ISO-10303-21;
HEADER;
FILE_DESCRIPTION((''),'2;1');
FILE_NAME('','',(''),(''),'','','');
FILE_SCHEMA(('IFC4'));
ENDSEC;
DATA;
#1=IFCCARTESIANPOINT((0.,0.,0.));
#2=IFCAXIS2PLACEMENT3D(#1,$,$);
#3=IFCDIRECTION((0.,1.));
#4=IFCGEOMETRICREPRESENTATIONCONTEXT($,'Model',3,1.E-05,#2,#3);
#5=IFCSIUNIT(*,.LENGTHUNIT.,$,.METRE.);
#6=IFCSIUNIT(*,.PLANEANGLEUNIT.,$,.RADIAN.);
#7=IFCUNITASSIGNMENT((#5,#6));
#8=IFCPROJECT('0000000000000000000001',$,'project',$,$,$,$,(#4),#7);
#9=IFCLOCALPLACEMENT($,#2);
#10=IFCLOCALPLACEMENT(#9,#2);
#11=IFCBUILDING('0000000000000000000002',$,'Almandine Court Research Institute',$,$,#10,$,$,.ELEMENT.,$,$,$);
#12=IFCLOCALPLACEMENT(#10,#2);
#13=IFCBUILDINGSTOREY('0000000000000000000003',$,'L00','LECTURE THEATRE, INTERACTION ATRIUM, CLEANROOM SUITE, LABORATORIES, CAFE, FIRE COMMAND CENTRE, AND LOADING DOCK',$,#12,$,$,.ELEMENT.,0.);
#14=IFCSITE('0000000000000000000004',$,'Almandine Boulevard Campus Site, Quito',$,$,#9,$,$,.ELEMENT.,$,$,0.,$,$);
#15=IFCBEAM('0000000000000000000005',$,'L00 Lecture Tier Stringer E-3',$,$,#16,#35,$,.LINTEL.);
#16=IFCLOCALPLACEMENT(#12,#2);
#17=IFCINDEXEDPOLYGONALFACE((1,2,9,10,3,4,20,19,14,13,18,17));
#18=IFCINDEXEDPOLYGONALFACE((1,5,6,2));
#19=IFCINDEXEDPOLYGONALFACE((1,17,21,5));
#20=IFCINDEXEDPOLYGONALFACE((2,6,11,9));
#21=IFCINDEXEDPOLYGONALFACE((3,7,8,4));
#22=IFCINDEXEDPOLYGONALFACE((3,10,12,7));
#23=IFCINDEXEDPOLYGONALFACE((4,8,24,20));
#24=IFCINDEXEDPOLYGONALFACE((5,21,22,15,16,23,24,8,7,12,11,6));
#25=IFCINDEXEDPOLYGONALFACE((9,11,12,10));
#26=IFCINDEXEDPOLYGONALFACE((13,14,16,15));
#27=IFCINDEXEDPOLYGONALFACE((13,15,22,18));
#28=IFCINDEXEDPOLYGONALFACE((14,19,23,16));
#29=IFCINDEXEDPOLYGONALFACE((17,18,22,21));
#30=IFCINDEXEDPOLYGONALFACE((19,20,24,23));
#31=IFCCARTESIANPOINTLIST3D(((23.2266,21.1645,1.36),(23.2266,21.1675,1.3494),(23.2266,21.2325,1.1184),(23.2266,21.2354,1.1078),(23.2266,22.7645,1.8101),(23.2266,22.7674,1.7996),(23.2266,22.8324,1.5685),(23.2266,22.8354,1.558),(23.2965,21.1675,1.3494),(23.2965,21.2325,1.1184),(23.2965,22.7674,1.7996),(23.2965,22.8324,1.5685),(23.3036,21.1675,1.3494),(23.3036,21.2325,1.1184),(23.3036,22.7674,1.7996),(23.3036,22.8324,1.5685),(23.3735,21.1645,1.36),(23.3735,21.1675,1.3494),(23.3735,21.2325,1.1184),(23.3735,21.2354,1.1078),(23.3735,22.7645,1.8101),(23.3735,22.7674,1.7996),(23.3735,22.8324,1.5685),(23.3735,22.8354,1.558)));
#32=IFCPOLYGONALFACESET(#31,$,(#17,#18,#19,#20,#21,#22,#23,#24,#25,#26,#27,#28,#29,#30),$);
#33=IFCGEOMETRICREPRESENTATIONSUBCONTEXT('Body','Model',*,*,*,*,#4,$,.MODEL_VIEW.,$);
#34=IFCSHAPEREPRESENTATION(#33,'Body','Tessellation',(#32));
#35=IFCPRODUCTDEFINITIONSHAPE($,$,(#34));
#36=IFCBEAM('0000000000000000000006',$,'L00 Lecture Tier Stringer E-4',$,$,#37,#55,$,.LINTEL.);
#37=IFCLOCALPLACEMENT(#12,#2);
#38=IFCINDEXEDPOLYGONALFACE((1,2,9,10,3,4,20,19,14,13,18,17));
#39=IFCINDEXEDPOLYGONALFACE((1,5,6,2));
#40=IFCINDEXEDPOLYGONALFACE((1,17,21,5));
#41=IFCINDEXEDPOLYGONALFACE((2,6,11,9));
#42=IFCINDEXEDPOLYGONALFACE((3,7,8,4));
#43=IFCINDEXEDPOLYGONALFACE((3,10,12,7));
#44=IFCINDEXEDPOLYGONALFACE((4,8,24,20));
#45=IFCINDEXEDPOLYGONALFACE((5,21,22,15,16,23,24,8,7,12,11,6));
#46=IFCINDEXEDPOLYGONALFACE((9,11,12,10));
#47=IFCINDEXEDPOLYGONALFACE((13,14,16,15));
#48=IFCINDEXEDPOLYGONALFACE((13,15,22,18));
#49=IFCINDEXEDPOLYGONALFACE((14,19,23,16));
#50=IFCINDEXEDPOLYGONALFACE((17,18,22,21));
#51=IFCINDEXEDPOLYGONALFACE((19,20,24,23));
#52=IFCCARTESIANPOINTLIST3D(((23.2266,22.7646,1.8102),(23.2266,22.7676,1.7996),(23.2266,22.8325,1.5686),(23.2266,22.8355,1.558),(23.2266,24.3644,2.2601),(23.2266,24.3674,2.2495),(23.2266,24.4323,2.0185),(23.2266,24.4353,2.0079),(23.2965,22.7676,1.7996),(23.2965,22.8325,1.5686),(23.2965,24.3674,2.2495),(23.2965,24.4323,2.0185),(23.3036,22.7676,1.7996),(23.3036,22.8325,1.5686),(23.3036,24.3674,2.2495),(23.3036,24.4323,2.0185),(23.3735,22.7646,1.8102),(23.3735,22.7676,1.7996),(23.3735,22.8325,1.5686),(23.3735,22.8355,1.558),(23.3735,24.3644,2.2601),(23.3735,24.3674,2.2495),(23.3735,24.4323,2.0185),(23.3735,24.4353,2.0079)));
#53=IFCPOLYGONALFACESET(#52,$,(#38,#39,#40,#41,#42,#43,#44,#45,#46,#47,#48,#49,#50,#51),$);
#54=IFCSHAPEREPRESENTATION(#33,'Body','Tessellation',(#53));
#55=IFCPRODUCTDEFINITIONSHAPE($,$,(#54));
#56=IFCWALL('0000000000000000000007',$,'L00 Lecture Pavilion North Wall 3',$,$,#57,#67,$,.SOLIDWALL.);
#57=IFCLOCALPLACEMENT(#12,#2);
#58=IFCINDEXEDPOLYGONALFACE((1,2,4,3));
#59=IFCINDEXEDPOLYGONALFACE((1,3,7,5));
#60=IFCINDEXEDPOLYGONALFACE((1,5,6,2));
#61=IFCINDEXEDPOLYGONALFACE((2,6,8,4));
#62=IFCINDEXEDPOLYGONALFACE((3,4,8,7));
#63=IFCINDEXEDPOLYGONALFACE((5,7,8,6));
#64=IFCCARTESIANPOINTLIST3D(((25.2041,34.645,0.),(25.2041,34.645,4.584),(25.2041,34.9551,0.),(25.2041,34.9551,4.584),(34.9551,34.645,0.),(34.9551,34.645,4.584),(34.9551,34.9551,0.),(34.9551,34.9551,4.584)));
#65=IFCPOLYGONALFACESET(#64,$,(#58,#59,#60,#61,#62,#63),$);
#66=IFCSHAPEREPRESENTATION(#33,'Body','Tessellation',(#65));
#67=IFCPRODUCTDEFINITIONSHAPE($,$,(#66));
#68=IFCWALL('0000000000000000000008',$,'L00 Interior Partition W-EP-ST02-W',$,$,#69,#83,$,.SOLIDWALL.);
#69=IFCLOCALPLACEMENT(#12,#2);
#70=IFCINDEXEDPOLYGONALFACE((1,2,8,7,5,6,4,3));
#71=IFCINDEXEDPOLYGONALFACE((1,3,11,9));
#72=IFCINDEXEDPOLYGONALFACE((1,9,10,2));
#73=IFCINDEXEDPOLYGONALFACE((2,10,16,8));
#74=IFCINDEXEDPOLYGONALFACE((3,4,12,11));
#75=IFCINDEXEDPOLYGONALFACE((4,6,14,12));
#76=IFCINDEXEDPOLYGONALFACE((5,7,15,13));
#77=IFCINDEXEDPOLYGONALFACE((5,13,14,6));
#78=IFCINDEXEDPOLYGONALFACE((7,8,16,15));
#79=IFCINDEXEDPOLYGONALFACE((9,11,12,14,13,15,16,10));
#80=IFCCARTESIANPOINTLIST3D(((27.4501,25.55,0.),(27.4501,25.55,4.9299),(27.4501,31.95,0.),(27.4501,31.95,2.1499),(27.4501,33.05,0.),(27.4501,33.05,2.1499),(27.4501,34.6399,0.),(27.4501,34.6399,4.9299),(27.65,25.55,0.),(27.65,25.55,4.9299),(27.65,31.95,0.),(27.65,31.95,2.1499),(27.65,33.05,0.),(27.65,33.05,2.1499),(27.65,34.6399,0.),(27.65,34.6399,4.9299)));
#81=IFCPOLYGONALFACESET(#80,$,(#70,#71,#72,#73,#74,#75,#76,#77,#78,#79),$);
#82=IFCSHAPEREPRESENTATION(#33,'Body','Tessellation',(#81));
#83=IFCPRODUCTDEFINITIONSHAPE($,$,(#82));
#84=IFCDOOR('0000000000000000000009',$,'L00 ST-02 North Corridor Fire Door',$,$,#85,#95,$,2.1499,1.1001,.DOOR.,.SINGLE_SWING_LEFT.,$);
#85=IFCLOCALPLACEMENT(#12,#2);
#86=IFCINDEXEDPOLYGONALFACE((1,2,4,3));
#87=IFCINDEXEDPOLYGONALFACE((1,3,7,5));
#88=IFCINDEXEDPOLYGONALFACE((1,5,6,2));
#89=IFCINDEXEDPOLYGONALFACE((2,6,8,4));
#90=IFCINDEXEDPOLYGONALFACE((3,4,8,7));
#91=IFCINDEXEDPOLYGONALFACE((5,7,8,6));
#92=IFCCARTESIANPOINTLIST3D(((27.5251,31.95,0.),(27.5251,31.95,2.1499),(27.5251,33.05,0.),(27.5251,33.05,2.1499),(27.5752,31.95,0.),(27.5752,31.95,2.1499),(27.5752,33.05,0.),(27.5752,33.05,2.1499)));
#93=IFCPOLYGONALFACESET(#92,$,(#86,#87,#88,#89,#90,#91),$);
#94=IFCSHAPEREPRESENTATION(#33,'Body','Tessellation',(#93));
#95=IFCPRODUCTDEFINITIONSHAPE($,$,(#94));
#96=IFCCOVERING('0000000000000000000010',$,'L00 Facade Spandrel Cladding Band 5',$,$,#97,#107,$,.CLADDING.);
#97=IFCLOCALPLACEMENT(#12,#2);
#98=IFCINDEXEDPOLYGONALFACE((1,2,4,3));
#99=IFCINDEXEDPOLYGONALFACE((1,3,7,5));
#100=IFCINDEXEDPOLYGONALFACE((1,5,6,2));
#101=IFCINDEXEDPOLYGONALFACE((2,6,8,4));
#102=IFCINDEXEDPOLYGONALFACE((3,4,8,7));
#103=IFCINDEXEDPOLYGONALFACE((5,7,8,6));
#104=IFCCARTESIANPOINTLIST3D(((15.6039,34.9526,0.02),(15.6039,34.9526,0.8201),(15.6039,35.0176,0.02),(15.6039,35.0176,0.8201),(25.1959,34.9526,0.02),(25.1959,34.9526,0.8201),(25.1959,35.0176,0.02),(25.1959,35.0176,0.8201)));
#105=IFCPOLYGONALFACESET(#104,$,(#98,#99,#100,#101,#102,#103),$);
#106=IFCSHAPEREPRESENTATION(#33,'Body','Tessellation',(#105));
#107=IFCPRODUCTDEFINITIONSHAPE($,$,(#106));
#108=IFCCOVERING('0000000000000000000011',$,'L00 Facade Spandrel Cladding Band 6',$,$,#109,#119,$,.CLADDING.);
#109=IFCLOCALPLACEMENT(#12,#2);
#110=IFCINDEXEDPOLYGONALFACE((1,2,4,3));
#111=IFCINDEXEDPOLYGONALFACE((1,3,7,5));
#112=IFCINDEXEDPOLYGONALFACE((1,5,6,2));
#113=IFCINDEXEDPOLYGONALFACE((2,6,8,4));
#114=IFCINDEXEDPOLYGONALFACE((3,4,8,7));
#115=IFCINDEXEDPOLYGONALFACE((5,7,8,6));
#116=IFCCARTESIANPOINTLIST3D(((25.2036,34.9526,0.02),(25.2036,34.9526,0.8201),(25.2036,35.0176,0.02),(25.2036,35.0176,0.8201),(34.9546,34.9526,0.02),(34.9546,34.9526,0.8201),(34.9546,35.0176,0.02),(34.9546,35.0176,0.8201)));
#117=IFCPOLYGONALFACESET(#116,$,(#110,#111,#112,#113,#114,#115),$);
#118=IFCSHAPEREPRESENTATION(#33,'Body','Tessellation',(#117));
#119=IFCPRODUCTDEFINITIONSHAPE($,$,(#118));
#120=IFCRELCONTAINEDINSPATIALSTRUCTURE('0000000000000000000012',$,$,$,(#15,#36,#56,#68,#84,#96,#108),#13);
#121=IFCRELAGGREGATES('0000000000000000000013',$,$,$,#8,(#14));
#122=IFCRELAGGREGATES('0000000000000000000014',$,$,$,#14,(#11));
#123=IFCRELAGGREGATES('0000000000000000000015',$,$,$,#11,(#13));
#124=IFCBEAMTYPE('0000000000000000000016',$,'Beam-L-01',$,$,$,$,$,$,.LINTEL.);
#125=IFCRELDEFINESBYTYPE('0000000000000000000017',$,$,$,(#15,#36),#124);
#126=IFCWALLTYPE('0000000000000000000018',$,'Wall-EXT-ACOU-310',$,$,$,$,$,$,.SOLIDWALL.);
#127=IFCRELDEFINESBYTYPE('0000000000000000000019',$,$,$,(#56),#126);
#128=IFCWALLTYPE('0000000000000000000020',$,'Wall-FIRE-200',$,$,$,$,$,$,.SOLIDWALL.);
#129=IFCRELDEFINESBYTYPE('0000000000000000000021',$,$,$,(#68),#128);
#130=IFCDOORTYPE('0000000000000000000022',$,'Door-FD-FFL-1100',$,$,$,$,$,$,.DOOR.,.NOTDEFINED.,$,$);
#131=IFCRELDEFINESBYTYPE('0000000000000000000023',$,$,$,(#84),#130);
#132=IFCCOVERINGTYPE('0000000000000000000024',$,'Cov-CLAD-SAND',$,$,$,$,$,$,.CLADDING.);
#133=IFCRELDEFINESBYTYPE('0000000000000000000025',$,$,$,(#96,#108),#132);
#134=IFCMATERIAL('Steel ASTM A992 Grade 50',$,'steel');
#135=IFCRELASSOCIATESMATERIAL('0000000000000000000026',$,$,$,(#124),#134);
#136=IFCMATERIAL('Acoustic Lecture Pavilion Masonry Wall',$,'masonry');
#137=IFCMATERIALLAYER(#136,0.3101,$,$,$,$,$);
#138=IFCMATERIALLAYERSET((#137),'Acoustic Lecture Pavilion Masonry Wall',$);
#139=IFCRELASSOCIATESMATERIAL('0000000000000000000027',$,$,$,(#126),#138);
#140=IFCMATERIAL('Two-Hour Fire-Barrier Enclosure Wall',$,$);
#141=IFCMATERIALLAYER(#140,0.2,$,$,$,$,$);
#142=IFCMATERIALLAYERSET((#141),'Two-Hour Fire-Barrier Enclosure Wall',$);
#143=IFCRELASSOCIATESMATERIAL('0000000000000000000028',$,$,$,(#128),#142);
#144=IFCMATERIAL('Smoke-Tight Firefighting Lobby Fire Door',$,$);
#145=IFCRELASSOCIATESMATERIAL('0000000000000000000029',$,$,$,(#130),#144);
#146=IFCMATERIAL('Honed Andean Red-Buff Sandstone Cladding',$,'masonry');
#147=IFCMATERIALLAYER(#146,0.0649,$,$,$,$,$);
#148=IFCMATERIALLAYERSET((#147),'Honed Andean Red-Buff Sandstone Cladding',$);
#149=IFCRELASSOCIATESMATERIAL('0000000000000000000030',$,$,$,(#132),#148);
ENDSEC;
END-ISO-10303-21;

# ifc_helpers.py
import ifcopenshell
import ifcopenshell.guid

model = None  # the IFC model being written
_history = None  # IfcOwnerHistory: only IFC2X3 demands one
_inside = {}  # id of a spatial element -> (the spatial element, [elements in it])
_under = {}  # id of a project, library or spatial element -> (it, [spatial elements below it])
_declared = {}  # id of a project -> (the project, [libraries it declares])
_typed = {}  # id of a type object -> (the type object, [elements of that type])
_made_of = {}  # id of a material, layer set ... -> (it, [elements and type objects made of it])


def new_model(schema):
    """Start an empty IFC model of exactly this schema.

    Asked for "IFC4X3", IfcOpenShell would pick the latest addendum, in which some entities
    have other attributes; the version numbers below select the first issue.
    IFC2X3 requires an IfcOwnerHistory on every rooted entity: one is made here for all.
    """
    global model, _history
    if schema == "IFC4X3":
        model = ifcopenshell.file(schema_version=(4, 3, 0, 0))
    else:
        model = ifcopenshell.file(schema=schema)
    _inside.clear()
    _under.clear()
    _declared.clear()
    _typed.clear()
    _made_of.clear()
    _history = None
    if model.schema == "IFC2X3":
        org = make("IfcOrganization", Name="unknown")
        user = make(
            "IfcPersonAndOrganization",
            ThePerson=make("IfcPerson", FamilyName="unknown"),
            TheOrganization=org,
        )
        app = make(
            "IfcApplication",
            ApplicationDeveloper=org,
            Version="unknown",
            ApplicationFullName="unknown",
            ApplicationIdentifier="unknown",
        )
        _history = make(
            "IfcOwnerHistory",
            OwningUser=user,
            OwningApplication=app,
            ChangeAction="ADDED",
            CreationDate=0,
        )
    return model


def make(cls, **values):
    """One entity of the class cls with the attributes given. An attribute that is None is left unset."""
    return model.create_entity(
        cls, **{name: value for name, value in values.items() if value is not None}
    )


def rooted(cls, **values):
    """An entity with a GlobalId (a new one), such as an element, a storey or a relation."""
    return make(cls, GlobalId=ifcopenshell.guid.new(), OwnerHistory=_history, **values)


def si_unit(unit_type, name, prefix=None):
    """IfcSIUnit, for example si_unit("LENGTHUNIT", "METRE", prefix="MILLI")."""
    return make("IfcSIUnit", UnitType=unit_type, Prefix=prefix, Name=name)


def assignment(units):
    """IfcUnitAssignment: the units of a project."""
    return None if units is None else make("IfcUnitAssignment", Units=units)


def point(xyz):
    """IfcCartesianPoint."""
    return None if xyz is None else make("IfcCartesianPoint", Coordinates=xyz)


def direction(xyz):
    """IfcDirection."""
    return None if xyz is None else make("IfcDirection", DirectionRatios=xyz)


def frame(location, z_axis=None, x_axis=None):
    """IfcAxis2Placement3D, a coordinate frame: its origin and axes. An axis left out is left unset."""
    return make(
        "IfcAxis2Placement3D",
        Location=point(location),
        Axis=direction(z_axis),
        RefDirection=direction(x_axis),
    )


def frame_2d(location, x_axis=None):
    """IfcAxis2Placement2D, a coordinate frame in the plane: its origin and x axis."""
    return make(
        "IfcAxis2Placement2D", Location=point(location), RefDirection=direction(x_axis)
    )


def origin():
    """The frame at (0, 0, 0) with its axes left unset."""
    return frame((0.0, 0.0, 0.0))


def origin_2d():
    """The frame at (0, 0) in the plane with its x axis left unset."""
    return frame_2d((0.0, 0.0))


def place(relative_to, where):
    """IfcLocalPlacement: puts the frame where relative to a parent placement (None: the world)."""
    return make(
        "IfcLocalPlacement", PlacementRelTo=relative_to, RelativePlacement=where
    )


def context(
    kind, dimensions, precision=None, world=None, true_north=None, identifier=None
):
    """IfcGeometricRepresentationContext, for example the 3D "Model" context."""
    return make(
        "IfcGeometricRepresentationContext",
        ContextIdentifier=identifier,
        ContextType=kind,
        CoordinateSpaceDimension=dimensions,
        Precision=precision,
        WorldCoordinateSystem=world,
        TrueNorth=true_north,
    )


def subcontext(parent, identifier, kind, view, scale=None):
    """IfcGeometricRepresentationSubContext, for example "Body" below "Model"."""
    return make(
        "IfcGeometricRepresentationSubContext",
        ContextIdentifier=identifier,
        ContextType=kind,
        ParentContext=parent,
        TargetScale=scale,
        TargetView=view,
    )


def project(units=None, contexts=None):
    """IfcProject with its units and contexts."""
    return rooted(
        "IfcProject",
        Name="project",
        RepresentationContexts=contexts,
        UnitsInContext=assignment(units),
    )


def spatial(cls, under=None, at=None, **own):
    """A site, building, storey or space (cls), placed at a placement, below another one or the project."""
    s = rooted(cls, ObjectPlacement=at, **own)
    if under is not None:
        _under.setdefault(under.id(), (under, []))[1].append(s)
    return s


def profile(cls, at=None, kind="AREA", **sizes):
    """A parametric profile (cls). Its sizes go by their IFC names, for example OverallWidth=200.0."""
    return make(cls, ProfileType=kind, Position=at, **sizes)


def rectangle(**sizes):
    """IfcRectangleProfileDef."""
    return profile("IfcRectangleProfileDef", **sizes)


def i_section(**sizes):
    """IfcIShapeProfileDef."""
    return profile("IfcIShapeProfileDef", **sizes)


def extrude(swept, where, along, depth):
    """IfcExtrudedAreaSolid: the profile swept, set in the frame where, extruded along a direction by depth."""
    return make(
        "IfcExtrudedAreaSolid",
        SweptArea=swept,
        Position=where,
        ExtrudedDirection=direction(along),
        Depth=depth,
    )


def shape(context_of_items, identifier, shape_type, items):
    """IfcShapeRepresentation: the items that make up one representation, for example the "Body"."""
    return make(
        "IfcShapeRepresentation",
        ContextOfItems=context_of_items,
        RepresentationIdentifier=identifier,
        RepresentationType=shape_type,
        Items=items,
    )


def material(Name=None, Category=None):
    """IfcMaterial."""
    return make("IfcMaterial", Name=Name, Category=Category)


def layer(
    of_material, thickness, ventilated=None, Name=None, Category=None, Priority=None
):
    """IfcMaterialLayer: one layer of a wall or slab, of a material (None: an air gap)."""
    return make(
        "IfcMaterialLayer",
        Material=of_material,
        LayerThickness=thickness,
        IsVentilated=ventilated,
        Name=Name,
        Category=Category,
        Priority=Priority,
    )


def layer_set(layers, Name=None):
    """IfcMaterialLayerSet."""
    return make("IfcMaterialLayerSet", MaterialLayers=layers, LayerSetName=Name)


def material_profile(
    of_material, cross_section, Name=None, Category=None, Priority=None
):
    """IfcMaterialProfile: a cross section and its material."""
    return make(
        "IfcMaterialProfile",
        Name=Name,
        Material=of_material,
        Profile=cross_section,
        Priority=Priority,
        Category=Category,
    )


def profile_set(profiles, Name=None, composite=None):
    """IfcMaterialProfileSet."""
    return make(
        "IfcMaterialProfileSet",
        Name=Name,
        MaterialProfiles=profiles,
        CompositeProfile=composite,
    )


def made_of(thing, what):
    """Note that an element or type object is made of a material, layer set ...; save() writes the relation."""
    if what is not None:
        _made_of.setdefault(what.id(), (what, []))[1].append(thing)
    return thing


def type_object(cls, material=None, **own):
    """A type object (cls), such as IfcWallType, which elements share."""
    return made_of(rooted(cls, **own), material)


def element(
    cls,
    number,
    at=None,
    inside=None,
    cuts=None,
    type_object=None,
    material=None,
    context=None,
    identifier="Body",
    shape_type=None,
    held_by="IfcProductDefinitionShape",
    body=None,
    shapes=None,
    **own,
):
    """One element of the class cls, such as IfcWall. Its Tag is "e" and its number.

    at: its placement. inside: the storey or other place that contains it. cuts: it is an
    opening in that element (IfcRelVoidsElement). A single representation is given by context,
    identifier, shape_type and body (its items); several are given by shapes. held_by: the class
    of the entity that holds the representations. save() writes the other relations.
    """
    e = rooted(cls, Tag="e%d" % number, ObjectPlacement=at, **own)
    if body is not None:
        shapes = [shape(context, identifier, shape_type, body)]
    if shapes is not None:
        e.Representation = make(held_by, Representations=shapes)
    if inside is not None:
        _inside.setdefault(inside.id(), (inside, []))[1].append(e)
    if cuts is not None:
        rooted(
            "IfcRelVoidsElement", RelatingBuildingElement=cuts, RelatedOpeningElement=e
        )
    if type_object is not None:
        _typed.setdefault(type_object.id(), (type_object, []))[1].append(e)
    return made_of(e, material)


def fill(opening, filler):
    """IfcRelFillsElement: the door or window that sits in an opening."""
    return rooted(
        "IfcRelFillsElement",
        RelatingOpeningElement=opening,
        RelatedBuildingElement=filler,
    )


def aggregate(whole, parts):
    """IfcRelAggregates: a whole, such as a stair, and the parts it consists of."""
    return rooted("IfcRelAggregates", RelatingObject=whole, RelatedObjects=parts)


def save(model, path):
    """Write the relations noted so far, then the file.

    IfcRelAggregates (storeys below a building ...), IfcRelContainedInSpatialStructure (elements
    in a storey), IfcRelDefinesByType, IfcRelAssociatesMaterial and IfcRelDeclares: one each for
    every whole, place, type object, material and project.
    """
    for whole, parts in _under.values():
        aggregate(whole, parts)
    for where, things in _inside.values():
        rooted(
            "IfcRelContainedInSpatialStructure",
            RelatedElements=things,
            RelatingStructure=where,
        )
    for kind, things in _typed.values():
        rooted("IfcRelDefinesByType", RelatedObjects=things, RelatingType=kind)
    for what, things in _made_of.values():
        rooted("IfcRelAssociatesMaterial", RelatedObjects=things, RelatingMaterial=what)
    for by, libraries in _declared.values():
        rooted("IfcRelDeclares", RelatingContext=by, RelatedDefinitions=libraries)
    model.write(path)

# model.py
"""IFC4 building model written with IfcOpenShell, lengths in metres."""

from ifc_helpers import new_model, si_unit, direction, frame, frame_2d, origin, origin_2d, place, context, subcontext, project, spatial, rectangle, i_section, extrude, material, layer, layer_set, material_profile, profile_set, type_object, element, fill, save


model = new_model("IFC4")

# Units and contexts
model_context = context("Model", 3, precision=1e-05, world=origin(), true_north=direction((0.0, 1.0)))
body_context = subcontext(model_context, "Body", "Model", "MODEL_VIEW")
ifc_project = project(units=[si_unit("LENGTHUNIT", "METRE"), si_unit("PLANEANGLEUNIT", "RADIAN")], contexts=[model_context])

# Site, building, storey
site_placement = place(None, origin())
site = spatial("IfcSite", under=ifc_project, at=site_placement, Name="Almandine Boulevard Campus Site, Quito", CompositionType="ELEMENT", RefElevation=0.0)
building_placement = place(site_placement, origin())
building = spatial("IfcBuilding", under=site, at=building_placement, Name="Almandine Court Research Institute", CompositionType="ELEMENT")
storey_placement = place(building_placement, origin())
storey = spatial("IfcBuildingStorey", under=building, at=storey_placement, Name="L00", Description="LECTURE THEATRE, INTERACTION ATRIUM, CLEANROOM SUITE, LABORATORIES, CAFE, FIRE COMMAND CENTRE, AND LOADING DOCK", CompositionType="ELEMENT", Elevation=0.0)

# Shared definitions
ifc_material_1 = material(Name="Steel ASTM A992 Grade 50", Category="steel")

# Beams
ifc_material_profile_1 = material_profile(ifc_material_1, i_section(OverallWidth=0.147, OverallDepth=0.262, WebThickness=0.0071, FlangeThickness=0.011, at=origin_2d()), Name="W250x39")
ifc_profile_set_1 = profile_set([ifc_material_profile_1], Name="Steel ASTM A992 Grade 50")
beam_type_1 = type_object("IfcBeamType", Name="Beam-L-01", PredefinedType="LINTEL", material=ifc_profile_set_1)
beam_1_placement = place(storey_placement, frame((23.3, 21.2, 1.2339), z_axis=(0.0, 0.962625, 0.270839), x_axis=(-1.0, 0.0, 0.0)))
element("IfcBeam", 1, at=beam_1_placement, inside=storey, type_object=beam_type_1, Name="L00 Lecture Tier Stringer E-3", PredefinedType="LINTEL", context=body_context, shape_type="SweptSolid", body=[
    extrude(i_section(OverallWidth=0.147, OverallDepth=0.262, WebThickness=0.0071, FlangeThickness=0.011, at=origin_2d()), origin(), (0.0, 0.0, 1.0), 1.6621),
])
beam_2_placement = place(storey_placement, frame((23.3, 22.8, 1.6841), z_axis=(0.0, 0.962652, 0.270741), x_axis=(-1.0, 0.0, 0.0)))
element("IfcBeam", 2, at=beam_2_placement, inside=storey, type_object=beam_type_1, Name="L00 Lecture Tier Stringer E-4", PredefinedType="LINTEL", context=body_context, shape_type="SweptSolid", body=[
    extrude(i_section(OverallWidth=0.147, OverallDepth=0.262, WebThickness=0.0071, FlangeThickness=0.011, at=origin_2d()), origin(), (0.0, 0.0, 1.0), 1.6619),
])

# Wall
ifc_material_2 = material(Name="Acoustic Lecture Pavilion Masonry Wall", Category="masonry")
ifc_layer_1 = layer(ifc_material_2, 0.3101)
ifc_layer_set_1 = layer_set([ifc_layer_1], Name="Acoustic Lecture Pavilion Masonry Wall")
wall_type_1 = type_object("IfcWallType", Name="Wall-EXT-ACOU-310", PredefinedType="SOLIDWALL", material=ifc_layer_set_1)
wall_1_placement = place(storey_placement, frame((25.2041, 34.8, 0.0), z_axis=(0.0, 0.0, 1.0), x_axis=(1.0, 0.0, 0.0)))
element("IfcWall", 3, at=wall_1_placement, inside=storey, type_object=wall_type_1, Name="L00 Lecture Pavilion North Wall 3", PredefinedType="SOLIDWALL", context=body_context, shape_type="SweptSolid", body=[
    extrude(rectangle(XDim=9.751, YDim=0.3101, at=frame_2d((4.8755, 0.0))), origin(), (0.0, 0.0, 1.0), 4.584),
])

# Wall, opening, door
ifc_material_3 = material(Name="Two-Hour Fire-Barrier Enclosure Wall")
ifc_layer_2 = layer(ifc_material_3, 0.2)
ifc_layer_set_2 = layer_set([ifc_layer_2], Name="Two-Hour Fire-Barrier Enclosure Wall")
wall_type_2 = type_object("IfcWallType", Name="Wall-FIRE-200", PredefinedType="SOLIDWALL", material=ifc_layer_set_2)
ifc_material_4 = material(Name="Smoke-Tight Firefighting Lobby Fire Door")
door_type = type_object("IfcDoorType", Name="Door-FD-FFL-1100", OperationType="NOTDEFINED", PredefinedType="DOOR", material=ifc_material_4)
wall_2_placement = place(storey_placement, frame((27.55, 25.55, 0.0), z_axis=(0.0, 0.0, 1.0), x_axis=(0.0, 1.0, 0.0)))
wall_2 = element("IfcWall", 4, at=wall_2_placement, inside=storey, type_object=wall_type_2, Name="L00 Interior Partition W-EP-ST02-W", PredefinedType="SOLIDWALL", context=body_context, shape_type="SweptSolid", body=[
    extrude(rectangle(XDim=9.0898, YDim=0.2, at=frame_2d((4.5449, 0.0))), origin(), (0.0, 0.0, 1.0), 4.9299),
])
opening_1_placement = place(wall_2_placement, frame((6.3999, 0.0, 0.0)))
opening_1 = element("IfcOpeningElement", 5, at=opening_1_placement, cuts=wall_2, PredefinedType="OPENING", context=body_context, shape_type="SweptSolid", body=[
    extrude(rectangle(XDim=1.1001, YDim=2.1499, at=frame_2d((0.55, 1.075))), frame((0.0, 0.1099, 0.0), z_axis=(0.0, -1.0, 0.0), x_axis=(1.0, 0.0, 0.0)), (0.0, 0.0, 1.0), 0.22),
])
door_1_placement = place(opening_1_placement, origin())
door_1 = element("IfcDoor", 6, at=door_1_placement, inside=storey, type_object=door_type, Name="L00 ST-02 North Corridor Fire Door", OperationType="SINGLE_SWING_LEFT", OverallHeight=2.1499, OverallWidth=1.1001, PredefinedType="DOOR", context=body_context, shape_type="SweptSolid", body=[
    extrude(rectangle(XDim=1.1001, YDim=2.1499, at=frame_2d((0.55, 1.075))), frame((0.0, 0.0249, 0.0), z_axis=(0.0, -1.0, 0.0), x_axis=(1.0, 0.0, 0.0)), (0.0, 0.0, 1.0), 0.05),
])
fill(opening_1, door_1)

# Coverings
ifc_material_5 = material(Name="Honed Andean Red-Buff Sandstone Cladding", Category="masonry")
ifc_layer_3 = layer(ifc_material_5, 0.0649)
ifc_layer_set_3 = layer_set([ifc_layer_3], Name="Honed Andean Red-Buff Sandstone Cladding")
covering_type = type_object("IfcCoveringType", Name="Cov-CLAD-SAND", PredefinedType="CLADDING", material=ifc_layer_set_3)
covering_1_placement = place(storey_placement, frame((20.3999, 34.9851, 0.02), z_axis=(0.0, 0.0, 1.0), x_axis=(1.0, 0.0, 0.0)))
element("IfcCovering", 7, at=covering_1_placement, inside=storey, type_object=covering_type, Name="L00 Facade Spandrel Cladding Band 5", PredefinedType="CLADDING", context=body_context, shape_type="SweptSolid", body=[
    extrude(rectangle(XDim=9.592, YDim=0.0649, at=origin_2d()), origin(), (0.0, 0.0, 1.0), 0.8),
])
covering_2_placement = place(storey_placement, frame((30.0791, 34.9851, 0.02), z_axis=(0.0, 0.0, 1.0), x_axis=(1.0, 0.0, 0.0)))
element("IfcCovering", 8, at=covering_2_placement, inside=storey, type_object=covering_type, Name="L00 Facade Spandrel Cladding Band 6", PredefinedType="CLADDING", context=body_context, shape_type="SweptSolid", body=[
    extrude(rectangle(XDim=9.751, YDim=0.0649, at=origin_2d()), origin(), (0.0, 0.0, 1.0), 0.8),
])

save(model, "model.ifc")
